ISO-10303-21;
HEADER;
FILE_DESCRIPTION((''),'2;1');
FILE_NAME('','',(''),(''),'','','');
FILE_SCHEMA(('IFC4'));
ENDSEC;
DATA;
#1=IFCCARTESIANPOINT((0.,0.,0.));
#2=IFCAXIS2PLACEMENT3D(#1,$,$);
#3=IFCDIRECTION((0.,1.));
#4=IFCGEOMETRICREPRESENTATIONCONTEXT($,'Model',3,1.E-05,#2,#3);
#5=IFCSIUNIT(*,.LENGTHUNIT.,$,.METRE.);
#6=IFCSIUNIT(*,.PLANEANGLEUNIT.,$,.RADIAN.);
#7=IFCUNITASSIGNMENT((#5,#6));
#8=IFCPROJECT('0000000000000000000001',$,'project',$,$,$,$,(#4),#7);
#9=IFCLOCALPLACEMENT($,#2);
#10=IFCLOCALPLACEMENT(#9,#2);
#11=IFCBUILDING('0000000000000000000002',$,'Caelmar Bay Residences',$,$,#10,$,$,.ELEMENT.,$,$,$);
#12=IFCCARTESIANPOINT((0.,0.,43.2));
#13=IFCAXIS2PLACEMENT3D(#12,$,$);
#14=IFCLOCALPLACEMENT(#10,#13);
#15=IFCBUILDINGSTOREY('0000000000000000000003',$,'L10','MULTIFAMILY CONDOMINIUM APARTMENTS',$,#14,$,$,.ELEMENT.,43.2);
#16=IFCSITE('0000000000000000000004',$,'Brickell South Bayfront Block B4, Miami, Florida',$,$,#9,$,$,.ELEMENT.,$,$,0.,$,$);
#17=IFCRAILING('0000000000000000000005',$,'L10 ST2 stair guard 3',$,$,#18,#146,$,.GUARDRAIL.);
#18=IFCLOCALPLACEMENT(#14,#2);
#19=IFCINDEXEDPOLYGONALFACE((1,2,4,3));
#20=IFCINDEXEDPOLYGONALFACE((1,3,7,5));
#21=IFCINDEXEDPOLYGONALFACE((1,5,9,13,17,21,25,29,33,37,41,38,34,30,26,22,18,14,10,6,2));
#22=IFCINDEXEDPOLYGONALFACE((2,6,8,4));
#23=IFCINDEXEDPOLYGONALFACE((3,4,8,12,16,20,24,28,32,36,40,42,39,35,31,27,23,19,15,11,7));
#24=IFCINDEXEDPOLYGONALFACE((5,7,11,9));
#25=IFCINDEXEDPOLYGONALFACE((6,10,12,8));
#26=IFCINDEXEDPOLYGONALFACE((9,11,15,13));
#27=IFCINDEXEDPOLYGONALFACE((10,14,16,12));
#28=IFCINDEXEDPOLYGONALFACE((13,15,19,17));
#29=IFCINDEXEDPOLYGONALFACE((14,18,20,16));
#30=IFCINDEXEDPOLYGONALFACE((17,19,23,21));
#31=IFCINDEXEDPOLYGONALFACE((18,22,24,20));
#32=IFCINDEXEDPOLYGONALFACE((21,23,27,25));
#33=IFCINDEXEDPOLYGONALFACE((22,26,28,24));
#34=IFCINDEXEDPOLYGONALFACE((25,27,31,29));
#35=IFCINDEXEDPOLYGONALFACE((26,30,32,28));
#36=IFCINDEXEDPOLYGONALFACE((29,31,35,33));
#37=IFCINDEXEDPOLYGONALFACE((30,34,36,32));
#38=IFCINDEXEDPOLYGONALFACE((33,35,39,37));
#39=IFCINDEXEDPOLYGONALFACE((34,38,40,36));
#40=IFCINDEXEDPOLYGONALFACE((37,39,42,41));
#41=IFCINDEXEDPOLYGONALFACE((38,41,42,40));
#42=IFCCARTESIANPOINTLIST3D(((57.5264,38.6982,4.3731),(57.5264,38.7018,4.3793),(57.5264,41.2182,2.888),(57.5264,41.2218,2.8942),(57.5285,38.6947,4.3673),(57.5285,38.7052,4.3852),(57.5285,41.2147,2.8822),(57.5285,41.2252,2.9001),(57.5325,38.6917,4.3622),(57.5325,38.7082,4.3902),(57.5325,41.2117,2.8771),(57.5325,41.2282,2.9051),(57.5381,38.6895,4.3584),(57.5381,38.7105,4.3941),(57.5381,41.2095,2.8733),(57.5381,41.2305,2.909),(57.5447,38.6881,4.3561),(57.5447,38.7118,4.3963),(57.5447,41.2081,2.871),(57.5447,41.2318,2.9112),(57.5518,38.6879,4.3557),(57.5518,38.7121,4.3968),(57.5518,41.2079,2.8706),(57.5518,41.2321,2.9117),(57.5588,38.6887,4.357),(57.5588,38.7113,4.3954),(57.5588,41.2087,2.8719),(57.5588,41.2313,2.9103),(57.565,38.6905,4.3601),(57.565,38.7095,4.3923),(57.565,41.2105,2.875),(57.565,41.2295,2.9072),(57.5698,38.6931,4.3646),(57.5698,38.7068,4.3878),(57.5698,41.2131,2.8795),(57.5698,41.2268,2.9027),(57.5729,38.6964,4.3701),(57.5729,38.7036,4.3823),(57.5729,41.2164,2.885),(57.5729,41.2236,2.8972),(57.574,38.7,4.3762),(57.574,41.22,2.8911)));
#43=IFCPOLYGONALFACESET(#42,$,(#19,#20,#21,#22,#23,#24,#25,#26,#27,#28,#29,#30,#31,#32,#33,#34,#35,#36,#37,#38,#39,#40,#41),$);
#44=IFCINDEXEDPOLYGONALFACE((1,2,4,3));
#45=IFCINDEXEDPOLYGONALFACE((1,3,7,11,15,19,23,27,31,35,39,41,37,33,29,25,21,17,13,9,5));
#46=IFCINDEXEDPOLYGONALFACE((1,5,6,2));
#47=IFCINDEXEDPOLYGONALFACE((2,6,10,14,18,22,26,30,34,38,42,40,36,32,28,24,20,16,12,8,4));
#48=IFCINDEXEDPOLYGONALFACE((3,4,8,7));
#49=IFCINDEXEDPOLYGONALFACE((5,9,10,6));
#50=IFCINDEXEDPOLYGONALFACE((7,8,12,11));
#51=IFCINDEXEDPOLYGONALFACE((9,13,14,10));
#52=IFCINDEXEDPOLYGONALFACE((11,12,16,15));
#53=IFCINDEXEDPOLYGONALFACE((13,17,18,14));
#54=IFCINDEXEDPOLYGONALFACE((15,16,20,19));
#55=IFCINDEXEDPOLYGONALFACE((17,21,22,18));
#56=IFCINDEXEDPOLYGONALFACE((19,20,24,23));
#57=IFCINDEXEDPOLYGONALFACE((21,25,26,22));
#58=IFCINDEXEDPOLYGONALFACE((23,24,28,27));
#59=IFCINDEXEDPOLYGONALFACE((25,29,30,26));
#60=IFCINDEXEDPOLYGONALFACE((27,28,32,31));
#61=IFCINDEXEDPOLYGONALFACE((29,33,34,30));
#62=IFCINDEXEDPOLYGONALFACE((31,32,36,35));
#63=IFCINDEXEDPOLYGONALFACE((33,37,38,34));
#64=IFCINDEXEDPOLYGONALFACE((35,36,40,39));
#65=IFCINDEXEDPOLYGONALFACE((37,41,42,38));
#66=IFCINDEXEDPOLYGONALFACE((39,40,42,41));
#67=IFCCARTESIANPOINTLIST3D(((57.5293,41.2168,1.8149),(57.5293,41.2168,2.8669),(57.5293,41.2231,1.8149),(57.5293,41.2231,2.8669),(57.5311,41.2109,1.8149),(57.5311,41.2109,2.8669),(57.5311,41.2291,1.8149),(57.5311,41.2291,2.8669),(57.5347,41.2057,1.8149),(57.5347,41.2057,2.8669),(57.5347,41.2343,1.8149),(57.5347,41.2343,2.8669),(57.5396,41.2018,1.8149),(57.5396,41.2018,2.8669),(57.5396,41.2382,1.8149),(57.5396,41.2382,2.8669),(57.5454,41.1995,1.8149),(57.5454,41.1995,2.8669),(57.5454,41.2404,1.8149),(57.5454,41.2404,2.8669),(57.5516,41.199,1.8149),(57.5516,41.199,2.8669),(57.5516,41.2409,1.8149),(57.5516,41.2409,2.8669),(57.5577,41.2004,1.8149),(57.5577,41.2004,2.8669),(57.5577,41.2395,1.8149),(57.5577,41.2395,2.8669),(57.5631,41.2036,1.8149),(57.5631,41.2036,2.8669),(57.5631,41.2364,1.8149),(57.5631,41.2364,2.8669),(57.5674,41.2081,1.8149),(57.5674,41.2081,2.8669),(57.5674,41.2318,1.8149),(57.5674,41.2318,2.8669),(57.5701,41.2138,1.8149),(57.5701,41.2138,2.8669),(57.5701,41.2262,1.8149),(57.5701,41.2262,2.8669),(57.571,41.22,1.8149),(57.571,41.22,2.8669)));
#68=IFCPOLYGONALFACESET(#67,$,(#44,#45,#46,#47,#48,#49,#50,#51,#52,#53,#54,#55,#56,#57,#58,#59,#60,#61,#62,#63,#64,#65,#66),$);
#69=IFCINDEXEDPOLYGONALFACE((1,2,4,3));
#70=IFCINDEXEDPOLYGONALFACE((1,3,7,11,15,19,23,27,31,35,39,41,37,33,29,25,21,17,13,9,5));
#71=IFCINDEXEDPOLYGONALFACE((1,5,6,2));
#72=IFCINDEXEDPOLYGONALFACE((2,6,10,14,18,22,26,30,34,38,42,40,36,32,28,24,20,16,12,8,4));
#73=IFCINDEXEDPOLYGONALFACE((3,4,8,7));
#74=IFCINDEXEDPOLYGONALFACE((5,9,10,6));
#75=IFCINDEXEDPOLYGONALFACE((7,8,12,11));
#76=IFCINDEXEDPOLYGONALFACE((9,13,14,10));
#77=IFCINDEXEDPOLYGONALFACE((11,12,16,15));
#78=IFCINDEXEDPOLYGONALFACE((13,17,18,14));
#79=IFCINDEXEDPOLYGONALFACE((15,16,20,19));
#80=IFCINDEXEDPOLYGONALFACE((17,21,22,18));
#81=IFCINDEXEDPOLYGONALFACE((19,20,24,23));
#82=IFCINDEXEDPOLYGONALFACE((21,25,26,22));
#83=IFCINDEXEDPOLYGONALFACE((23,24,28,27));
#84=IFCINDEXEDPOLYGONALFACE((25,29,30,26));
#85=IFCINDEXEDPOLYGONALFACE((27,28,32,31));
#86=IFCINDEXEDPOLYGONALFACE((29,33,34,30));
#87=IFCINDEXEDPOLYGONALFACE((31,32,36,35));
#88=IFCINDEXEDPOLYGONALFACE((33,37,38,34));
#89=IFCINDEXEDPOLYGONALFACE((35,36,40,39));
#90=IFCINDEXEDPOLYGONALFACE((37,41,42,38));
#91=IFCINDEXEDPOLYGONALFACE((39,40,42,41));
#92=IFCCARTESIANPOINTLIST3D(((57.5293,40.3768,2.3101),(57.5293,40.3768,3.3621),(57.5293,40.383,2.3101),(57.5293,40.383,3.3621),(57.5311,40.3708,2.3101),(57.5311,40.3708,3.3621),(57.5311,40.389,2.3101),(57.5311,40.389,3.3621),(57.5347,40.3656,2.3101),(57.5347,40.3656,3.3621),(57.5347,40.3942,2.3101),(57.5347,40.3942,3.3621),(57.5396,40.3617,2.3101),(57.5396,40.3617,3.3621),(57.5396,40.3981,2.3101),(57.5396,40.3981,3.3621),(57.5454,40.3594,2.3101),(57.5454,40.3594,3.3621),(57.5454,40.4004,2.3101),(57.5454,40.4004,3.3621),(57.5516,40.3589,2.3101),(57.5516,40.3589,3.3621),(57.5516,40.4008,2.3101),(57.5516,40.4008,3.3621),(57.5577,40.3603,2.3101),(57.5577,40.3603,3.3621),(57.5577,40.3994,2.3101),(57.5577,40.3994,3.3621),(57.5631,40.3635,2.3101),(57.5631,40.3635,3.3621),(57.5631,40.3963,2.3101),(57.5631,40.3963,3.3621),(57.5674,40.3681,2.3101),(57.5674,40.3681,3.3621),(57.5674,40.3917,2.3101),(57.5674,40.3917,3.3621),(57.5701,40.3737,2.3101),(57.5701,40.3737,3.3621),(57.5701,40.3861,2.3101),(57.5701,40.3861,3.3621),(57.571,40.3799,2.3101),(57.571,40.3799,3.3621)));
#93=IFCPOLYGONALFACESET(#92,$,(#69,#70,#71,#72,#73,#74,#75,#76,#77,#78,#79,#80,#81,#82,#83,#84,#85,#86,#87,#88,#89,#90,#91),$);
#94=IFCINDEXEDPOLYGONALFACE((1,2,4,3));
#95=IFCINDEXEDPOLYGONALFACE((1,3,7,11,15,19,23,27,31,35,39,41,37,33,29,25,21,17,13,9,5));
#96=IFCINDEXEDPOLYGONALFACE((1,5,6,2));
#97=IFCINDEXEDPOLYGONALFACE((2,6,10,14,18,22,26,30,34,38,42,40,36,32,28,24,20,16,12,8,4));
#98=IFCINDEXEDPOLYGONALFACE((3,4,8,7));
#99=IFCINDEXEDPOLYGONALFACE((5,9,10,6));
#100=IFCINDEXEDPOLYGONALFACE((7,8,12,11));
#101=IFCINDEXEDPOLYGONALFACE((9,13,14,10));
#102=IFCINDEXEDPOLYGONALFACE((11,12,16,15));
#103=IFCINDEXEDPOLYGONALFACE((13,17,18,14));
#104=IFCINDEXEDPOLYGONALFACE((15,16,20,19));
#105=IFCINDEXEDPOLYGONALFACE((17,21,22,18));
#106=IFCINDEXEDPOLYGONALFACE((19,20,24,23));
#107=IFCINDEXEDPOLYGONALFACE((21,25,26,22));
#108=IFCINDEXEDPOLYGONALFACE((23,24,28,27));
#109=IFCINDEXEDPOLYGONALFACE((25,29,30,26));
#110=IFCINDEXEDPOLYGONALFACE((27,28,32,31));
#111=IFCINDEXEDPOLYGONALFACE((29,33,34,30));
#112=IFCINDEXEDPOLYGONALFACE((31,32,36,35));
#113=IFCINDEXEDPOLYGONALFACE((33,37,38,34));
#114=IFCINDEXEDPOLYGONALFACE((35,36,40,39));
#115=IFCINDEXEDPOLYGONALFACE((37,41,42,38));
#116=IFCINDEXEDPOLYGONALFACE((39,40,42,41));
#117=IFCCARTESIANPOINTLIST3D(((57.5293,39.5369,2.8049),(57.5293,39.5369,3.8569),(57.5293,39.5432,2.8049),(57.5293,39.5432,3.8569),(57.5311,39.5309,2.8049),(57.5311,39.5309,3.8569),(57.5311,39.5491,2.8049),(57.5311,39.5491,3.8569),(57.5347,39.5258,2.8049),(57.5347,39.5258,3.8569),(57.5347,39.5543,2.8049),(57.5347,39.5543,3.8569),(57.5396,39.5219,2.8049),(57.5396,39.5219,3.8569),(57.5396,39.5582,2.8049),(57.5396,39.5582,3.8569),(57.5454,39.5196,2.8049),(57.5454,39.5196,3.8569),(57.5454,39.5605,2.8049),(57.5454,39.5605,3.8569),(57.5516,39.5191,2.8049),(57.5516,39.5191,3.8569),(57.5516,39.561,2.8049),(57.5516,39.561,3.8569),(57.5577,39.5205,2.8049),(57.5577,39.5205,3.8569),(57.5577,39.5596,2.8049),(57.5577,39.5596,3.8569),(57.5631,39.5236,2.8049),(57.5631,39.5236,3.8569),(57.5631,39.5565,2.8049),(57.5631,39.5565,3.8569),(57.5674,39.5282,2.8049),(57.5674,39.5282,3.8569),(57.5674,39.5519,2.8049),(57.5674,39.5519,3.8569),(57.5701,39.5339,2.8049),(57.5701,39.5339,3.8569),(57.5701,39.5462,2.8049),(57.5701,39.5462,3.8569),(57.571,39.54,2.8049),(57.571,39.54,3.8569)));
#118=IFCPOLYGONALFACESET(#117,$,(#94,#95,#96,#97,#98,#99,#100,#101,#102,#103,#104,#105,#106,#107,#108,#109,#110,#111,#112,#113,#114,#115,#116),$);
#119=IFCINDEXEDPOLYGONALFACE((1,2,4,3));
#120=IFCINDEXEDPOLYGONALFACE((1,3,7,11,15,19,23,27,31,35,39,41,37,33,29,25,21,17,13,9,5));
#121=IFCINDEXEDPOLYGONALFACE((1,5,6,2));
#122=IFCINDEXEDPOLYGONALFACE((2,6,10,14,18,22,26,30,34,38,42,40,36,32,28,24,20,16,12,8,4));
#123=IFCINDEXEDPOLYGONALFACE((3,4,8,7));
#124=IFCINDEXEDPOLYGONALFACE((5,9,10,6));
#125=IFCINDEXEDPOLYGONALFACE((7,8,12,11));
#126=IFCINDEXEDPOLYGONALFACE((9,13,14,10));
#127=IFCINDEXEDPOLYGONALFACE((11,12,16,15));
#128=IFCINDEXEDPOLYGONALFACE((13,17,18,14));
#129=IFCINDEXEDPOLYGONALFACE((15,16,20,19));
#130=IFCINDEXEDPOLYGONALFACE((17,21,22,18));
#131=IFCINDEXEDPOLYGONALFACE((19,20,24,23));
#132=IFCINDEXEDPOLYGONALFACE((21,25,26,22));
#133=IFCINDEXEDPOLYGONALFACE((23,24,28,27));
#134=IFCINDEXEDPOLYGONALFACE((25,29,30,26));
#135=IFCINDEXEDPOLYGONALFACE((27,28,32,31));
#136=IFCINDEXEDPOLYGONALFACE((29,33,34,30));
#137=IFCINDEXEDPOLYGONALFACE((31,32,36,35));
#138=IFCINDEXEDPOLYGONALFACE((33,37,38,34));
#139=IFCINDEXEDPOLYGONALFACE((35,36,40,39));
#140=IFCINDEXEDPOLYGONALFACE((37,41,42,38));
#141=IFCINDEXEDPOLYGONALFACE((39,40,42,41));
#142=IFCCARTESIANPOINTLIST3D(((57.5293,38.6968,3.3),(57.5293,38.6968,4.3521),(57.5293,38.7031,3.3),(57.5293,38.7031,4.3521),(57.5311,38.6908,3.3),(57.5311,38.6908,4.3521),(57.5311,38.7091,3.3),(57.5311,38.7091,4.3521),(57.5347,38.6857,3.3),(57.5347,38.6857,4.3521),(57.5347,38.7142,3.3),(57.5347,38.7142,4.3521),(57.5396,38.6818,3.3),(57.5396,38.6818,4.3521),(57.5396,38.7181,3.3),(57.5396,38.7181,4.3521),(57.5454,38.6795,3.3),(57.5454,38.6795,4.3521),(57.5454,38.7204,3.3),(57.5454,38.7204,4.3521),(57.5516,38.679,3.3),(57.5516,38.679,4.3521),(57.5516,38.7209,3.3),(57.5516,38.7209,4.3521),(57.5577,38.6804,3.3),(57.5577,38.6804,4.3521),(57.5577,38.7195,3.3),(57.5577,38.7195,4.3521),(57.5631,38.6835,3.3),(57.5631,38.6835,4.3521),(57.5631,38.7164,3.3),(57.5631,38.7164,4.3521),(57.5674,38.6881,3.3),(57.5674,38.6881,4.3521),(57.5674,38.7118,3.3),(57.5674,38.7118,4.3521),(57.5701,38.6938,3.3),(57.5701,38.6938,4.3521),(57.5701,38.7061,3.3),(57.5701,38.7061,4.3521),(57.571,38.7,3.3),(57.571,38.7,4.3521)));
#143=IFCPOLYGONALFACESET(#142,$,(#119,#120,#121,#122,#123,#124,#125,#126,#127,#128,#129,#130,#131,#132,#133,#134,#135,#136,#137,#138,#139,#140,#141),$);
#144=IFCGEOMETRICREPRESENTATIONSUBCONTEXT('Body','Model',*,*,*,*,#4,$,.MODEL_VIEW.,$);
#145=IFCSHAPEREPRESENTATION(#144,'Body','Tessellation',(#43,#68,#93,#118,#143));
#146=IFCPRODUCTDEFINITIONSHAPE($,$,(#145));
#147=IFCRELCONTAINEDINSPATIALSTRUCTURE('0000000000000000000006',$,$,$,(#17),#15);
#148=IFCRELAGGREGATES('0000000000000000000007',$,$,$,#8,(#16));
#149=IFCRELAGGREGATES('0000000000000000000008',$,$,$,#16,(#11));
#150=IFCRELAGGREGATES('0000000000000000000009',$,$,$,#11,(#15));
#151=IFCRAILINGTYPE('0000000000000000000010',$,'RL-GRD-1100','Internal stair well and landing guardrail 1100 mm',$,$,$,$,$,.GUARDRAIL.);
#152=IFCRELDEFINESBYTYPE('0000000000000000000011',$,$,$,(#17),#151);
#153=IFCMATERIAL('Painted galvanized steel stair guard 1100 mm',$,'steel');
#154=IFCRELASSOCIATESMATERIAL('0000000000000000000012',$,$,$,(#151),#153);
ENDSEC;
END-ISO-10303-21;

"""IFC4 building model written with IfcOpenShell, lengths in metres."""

from ifc_helpers import new_model, si_unit, direction, frame, origin, origin_2d, place, context, subcontext, project, spatial, circle, extrude, material, type_object, element, save


model = new_model("IFC4")

# Units and contexts
model_context = context("Model", 3, precision=1e-05, world=origin(), true_north=direction((0.0, 1.0)))
body_context = subcontext(model_context, "Body", "Model", "MODEL_VIEW")
ifc_project = project(units=[si_unit("LENGTHUNIT", "METRE"), si_unit("PLANEANGLEUNIT", "RADIAN")], contexts=[model_context])

# Site, building, storey
site_placement = place(None, origin())
site = spatial("IfcSite", under=ifc_project, at=site_placement, Name="Brickell South Bayfront Block B4, Miami, Florida", CompositionType="ELEMENT", RefElevation=0.0)
building_placement = place(site_placement, origin())
building = spatial("IfcBuilding", under=site, at=building_placement, Name="Caelmar Bay Residences", CompositionType="ELEMENT")
storey_placement = place(building_placement, frame((0.0, 0.0, 43.2)))
storey = spatial("IfcBuildingStorey", under=building, at=storey_placement, Name="L10", Description="MULTIFAMILY CONDOMINIUM APARTMENTS", CompositionType="ELEMENT", Elevation=43.2)

# Railing
ifc_material_1 = material(Name="Painted galvanized steel stair guard 1100 mm", Category="steel")
railing_type_1 = type_object("IfcRailingType", Name="RL-GRD-1100", Description="Internal stair well and landing guardrail 1100 mm", PredefinedType="GUARDRAIL", material=ifc_material_1)
railing_1_placement = place(storey_placement, frame((57.55, 41.22, 1.8149)))
element("IfcRailing", 1, at=railing_1_placement, inside=storey, type_object=railing_type_1, Name="L10 ST2 stair guard 3", PredefinedType="GUARDRAIL", context=body_context, shape_type="SweptSolid", body=[
    extrude(circle(Radius=0.0239, at=origin_2d()), frame((0.0, 0.0, 1.0762), z_axis=(0.0, -0.861524, 0.507717), x_axis=(1.0, 0.0, 0.0)), (0.0, 0.0, 1.0), 2.925),
    extrude(circle(Radius=0.021, at=origin_2d()), origin(), (0.0, 0.0, 1.0), 1.052),
    extrude(circle(Radius=0.021, at=origin_2d()), frame((0.0, -0.8401, 0.4951)), (0.0, 0.0, 1.0), 1.052),
    extrude(circle(Radius=0.021, at=origin_2d()), frame((0.0, -1.6799, 0.99)), (0.0, 0.0, 1.0), 1.052),
    extrude(circle(Radius=0.021, at=origin_2d()), frame((0.0, -2.52, 1.4851)), (0.0, 0.0, 1.0), 1.052),
])

save(model, "model.ifc")
